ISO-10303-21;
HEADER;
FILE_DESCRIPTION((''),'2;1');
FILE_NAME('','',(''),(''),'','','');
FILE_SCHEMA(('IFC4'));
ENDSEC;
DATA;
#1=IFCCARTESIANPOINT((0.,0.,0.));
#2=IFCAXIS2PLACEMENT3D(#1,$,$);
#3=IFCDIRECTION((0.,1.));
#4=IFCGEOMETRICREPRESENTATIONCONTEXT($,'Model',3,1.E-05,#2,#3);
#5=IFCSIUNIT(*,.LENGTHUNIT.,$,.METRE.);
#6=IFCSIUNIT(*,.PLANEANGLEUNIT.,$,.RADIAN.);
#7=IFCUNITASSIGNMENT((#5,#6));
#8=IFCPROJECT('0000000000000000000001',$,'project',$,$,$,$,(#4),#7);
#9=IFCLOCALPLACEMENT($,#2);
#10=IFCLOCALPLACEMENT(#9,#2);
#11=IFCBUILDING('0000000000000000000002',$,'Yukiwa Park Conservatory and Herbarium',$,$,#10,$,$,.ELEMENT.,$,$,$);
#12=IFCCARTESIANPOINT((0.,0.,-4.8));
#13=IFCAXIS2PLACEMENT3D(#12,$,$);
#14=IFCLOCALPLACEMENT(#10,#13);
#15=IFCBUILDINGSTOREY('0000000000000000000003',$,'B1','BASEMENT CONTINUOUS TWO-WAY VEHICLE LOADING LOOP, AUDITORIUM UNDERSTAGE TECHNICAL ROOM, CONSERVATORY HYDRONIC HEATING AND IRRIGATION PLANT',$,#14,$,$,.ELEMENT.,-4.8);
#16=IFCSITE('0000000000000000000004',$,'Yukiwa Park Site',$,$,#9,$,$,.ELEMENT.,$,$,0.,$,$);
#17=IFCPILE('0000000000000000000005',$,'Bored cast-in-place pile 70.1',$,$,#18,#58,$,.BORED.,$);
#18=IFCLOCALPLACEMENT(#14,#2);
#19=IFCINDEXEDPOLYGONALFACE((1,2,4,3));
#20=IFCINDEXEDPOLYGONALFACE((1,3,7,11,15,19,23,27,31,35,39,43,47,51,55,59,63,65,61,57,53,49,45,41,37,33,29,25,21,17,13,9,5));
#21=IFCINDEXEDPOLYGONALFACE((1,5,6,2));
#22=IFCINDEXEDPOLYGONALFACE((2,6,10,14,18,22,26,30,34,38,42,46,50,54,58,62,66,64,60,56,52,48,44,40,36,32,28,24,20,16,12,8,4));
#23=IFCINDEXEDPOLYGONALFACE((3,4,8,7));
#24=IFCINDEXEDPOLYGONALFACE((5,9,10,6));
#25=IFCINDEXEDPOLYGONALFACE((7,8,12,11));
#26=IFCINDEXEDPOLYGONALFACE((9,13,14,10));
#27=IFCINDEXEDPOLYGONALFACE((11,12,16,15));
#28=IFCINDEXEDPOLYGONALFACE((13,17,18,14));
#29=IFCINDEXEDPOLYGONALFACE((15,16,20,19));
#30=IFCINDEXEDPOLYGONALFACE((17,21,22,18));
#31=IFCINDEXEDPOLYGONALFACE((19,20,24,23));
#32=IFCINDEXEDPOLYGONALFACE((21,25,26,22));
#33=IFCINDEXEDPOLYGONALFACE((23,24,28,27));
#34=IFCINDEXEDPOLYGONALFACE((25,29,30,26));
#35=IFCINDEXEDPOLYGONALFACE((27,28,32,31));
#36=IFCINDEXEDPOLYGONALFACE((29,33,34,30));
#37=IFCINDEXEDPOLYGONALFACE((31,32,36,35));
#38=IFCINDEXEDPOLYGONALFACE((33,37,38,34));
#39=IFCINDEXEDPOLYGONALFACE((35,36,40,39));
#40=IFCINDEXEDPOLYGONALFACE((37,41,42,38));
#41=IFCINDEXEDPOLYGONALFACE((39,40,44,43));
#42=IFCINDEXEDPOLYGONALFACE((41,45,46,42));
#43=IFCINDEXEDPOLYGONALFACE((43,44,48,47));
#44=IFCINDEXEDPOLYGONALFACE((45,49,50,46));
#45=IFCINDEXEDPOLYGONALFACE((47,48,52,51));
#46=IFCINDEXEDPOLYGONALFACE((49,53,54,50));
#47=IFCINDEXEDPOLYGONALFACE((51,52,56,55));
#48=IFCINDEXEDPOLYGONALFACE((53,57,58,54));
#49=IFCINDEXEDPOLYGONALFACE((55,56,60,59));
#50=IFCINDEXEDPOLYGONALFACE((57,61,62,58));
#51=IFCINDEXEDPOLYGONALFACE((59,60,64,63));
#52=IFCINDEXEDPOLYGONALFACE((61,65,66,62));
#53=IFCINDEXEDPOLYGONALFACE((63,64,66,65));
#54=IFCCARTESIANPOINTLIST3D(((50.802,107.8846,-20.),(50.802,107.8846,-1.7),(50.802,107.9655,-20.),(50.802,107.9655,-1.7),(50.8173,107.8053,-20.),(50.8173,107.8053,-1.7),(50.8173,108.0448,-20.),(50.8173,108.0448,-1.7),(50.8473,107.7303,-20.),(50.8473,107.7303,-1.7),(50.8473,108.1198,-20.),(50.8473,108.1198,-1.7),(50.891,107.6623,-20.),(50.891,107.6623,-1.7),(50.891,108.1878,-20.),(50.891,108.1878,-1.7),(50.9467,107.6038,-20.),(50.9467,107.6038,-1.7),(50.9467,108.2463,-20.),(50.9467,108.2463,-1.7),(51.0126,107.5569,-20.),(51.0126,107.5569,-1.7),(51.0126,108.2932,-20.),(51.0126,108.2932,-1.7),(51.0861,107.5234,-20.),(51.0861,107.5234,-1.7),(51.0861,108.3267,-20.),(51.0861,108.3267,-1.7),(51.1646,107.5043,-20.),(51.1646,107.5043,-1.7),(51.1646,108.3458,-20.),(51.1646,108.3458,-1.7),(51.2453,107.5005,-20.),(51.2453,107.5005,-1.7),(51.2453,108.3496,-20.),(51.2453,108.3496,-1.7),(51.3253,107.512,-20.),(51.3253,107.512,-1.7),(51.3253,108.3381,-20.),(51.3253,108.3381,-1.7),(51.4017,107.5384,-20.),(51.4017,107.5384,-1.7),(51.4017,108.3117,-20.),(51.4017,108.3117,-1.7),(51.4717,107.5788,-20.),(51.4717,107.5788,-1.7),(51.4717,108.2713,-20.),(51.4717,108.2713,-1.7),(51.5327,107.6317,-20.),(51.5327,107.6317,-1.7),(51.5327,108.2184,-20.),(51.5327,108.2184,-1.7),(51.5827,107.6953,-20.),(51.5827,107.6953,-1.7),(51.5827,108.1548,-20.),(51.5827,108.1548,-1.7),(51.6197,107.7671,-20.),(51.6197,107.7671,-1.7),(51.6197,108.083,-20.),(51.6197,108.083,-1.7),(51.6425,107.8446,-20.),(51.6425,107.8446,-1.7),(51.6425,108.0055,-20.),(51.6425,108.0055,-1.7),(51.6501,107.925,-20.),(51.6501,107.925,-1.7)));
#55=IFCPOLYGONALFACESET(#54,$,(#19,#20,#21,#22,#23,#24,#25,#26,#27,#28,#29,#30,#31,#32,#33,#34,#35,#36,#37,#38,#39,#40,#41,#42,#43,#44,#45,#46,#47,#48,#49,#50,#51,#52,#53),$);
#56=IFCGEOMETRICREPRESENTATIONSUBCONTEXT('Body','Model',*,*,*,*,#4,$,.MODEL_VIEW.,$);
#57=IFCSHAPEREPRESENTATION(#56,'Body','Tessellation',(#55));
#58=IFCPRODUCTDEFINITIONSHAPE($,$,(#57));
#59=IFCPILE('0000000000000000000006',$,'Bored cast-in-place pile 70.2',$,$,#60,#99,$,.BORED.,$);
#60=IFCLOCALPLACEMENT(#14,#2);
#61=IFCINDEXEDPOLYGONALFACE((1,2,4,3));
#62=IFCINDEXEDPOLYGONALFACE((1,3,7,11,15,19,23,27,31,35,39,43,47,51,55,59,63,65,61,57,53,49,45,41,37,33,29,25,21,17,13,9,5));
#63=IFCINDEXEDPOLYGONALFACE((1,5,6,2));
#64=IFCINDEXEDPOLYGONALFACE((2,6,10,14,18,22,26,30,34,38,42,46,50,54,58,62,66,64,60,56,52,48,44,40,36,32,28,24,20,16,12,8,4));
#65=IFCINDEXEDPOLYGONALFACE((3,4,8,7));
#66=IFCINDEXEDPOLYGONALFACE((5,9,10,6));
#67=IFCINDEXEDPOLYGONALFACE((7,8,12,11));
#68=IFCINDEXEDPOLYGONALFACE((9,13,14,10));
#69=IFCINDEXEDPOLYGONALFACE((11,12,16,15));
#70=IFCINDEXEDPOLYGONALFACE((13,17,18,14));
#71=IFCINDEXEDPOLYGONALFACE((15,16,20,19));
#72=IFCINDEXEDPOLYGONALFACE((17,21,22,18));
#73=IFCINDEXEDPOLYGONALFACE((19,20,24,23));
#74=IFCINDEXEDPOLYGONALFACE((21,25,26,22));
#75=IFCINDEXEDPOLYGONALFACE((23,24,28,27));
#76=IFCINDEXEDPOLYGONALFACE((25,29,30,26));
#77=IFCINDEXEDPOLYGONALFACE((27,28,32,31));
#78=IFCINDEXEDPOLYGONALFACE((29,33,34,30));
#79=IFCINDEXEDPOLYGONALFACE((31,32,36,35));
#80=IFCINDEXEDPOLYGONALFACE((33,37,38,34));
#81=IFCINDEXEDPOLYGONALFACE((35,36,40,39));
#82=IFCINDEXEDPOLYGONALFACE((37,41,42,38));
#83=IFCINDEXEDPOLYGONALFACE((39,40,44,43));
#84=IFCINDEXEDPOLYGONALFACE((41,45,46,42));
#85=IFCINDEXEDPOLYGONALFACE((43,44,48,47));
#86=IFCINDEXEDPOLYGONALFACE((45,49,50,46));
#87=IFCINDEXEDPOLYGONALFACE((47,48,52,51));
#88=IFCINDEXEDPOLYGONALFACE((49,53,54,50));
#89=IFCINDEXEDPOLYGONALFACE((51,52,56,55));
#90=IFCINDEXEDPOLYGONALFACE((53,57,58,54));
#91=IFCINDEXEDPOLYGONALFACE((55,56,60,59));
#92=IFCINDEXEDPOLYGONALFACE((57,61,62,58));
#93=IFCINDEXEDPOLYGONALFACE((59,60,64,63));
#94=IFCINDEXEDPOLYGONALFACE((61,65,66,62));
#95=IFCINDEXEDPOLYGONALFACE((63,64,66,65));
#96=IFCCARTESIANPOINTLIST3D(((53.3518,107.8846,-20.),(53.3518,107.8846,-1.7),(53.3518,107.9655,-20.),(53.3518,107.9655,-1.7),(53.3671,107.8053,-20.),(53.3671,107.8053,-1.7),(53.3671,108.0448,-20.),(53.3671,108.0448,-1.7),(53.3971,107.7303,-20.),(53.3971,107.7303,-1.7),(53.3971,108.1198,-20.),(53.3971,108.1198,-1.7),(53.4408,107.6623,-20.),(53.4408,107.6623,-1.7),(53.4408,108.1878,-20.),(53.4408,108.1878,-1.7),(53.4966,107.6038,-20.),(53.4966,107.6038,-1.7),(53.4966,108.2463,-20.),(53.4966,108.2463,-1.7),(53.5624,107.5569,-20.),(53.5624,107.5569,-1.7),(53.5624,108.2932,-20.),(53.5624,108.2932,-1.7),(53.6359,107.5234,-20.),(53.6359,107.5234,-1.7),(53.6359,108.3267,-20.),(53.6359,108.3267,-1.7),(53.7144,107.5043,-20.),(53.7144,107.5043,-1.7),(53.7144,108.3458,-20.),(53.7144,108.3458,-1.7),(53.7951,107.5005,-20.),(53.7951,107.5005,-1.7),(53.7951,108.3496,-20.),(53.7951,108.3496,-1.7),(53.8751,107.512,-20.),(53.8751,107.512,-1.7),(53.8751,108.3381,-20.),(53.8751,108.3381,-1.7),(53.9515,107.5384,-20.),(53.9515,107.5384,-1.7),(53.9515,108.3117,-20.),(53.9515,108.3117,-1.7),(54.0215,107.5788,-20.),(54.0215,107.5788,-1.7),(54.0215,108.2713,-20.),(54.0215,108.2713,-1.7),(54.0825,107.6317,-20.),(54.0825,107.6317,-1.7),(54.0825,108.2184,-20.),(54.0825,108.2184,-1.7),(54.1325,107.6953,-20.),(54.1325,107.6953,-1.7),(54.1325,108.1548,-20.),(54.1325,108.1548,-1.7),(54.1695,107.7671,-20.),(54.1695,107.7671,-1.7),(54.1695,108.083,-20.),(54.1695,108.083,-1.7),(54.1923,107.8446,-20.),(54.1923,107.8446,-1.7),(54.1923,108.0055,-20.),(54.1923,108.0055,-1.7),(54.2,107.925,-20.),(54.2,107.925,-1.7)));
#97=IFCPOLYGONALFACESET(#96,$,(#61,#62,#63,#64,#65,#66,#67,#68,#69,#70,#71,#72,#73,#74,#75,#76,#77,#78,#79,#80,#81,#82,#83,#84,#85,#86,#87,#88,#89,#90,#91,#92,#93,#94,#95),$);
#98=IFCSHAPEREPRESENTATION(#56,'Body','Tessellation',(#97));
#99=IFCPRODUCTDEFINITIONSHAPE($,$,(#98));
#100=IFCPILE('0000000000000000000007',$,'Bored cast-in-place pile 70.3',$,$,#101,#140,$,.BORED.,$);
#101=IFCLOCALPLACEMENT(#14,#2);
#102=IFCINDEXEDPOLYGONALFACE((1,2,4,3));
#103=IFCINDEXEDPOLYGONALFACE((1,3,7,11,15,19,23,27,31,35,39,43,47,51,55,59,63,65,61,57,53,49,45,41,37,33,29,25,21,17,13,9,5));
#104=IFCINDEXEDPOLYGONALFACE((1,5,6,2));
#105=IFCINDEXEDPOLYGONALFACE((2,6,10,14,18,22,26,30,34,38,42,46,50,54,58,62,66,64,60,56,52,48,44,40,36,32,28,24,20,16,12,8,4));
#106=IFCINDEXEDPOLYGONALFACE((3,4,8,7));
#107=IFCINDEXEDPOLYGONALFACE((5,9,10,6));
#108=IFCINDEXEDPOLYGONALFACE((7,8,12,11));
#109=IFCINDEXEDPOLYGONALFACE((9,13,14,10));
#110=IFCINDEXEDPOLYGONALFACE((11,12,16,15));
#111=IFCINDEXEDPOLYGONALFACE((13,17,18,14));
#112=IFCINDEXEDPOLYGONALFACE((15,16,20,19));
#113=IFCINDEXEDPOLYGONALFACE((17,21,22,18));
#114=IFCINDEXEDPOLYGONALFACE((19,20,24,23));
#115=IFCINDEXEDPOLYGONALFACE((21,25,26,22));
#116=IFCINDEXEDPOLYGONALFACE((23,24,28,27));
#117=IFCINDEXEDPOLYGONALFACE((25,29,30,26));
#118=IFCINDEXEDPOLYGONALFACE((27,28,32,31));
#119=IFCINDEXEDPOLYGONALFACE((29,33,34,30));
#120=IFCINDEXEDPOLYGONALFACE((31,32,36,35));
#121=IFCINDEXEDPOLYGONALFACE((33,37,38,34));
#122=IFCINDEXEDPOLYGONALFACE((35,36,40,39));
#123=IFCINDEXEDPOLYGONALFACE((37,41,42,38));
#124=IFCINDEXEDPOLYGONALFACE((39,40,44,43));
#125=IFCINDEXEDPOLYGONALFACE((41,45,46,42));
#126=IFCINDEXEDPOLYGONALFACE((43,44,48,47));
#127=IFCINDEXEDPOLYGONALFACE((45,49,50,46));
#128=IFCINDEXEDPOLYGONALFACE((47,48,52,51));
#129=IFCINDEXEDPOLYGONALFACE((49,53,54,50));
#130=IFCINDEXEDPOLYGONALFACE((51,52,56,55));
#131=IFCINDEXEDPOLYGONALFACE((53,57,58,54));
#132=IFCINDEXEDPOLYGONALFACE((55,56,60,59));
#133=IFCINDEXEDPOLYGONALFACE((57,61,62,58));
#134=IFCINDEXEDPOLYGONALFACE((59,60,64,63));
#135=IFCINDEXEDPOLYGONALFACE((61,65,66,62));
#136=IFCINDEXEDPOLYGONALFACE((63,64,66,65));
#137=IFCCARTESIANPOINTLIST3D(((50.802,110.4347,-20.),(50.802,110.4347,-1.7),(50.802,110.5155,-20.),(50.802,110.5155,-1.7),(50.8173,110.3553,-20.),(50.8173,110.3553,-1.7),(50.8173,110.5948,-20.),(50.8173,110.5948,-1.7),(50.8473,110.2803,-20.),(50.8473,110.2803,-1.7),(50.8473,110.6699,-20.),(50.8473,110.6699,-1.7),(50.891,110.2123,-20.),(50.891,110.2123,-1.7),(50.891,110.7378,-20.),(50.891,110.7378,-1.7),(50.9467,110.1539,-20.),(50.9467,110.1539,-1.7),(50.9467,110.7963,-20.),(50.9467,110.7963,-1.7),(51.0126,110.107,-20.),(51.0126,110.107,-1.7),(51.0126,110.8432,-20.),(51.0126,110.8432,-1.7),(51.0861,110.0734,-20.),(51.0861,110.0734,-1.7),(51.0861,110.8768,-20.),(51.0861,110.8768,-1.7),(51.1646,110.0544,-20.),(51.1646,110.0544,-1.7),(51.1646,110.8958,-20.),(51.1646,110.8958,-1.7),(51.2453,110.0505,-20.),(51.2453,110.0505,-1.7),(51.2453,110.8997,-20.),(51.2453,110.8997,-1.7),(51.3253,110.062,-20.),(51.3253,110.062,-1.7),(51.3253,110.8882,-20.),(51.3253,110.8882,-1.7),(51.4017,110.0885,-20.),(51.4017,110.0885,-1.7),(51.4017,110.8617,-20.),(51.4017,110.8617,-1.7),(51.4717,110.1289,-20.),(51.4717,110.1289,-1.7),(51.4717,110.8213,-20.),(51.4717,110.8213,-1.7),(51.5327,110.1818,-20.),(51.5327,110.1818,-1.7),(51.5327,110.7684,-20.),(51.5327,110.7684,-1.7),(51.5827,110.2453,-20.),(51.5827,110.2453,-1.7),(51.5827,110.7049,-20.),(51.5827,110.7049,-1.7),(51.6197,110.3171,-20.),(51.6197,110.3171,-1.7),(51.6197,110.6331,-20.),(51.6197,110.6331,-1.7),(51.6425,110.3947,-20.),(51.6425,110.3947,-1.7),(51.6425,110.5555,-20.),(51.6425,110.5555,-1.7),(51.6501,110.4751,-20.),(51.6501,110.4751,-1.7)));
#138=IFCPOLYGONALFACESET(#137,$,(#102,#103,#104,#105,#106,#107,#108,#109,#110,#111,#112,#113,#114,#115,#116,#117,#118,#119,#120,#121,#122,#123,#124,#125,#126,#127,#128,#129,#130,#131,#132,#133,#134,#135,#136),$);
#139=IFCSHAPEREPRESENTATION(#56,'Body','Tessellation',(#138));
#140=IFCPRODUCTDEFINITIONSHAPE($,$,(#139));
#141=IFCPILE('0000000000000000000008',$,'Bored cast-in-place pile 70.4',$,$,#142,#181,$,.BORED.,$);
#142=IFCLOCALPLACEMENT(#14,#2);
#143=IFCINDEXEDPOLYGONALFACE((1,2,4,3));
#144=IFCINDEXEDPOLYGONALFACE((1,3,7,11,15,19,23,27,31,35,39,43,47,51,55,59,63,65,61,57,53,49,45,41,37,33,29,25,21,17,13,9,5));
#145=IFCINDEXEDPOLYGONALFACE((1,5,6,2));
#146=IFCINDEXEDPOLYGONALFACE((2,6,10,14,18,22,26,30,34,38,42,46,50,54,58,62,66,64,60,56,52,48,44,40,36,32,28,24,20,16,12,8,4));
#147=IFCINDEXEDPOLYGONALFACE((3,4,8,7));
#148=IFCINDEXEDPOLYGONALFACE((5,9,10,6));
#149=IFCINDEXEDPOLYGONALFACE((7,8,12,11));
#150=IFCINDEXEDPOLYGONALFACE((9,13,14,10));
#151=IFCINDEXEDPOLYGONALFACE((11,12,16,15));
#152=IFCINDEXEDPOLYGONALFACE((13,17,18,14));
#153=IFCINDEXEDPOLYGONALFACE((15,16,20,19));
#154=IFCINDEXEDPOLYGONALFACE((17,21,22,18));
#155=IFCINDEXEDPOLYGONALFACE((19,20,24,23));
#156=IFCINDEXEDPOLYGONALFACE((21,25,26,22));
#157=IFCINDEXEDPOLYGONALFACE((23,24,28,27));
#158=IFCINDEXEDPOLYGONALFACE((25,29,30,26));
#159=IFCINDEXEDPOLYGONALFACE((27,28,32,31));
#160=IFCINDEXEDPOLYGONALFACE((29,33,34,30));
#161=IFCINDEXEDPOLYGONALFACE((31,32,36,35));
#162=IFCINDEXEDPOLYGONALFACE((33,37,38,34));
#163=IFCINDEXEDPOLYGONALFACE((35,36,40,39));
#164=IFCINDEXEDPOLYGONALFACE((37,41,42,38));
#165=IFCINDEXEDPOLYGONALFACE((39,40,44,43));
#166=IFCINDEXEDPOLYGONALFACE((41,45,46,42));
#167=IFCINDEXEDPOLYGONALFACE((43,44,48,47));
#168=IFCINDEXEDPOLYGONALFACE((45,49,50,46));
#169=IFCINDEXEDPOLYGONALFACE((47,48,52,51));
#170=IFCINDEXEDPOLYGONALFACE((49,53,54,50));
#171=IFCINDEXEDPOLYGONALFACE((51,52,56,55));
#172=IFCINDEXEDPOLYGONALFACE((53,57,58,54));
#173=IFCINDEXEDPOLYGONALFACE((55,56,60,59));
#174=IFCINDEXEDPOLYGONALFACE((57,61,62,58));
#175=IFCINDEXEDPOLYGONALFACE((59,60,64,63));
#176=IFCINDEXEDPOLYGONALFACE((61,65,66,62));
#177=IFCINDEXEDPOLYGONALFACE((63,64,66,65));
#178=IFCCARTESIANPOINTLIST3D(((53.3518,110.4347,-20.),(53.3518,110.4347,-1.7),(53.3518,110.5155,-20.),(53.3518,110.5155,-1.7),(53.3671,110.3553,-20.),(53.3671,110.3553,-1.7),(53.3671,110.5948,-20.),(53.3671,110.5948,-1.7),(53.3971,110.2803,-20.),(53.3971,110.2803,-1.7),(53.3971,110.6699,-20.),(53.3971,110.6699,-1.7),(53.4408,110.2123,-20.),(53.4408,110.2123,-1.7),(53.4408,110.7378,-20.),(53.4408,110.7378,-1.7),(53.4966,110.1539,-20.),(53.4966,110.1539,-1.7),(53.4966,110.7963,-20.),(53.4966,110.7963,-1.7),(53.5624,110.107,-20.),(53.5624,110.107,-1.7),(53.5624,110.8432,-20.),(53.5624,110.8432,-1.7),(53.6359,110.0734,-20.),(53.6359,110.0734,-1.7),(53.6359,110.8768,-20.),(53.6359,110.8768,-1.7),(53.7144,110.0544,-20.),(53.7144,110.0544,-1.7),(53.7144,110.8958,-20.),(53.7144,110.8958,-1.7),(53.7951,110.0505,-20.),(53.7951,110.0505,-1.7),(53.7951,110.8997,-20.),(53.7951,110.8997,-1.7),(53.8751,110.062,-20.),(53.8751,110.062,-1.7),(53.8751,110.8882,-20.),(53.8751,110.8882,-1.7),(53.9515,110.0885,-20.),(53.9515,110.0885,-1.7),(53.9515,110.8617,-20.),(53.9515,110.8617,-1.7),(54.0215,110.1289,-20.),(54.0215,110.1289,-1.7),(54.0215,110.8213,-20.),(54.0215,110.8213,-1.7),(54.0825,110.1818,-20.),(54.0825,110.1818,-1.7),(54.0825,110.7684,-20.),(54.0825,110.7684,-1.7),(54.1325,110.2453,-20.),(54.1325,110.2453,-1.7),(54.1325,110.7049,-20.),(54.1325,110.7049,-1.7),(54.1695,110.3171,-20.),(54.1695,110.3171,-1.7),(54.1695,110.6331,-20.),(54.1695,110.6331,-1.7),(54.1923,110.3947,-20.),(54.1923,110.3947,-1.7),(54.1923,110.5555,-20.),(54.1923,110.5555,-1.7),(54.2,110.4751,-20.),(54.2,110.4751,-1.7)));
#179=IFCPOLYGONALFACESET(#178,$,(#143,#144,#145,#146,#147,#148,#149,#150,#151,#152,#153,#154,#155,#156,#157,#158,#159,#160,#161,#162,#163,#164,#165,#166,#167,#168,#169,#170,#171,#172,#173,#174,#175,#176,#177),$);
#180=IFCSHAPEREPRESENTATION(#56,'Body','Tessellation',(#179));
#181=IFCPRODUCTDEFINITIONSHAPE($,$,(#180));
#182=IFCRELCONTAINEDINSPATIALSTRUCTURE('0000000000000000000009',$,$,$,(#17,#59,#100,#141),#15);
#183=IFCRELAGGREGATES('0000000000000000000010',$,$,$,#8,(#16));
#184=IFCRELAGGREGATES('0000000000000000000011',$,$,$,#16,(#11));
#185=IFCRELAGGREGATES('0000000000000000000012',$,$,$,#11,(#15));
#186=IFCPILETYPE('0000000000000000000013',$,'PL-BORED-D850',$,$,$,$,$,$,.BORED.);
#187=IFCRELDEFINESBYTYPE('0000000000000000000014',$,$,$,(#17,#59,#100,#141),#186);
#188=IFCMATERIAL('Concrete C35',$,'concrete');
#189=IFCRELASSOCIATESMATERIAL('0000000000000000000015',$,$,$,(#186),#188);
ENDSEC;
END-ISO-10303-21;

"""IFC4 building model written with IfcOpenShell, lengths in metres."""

from ifc_helpers import new_model, si_unit, direction, frame, origin, origin_2d, place, context, subcontext, project, spatial, circle, extrude, material, material_profile, profile_set, type_object, element, save


model = new_model("IFC4")

# Units and contexts
model_context = context("Model", 3, precision=1e-05, world=origin(), true_north=direction((0.0, 1.0)))
body_context = subcontext(model_context, "Body", "Model", "MODEL_VIEW")
ifc_project = project(units=[si_unit("LENGTHUNIT", "METRE"), si_unit("PLANEANGLEUNIT", "RADIAN")], contexts=[model_context])

# Site, building, storey
site_placement = place(None, origin())
site = spatial("IfcSite", under=ifc_project, at=site_placement, Name="Yukiwa Park Site", CompositionType="ELEMENT", RefElevation=0.0)
building_placement = place(site_placement, origin())
building = spatial("IfcBuilding", under=site, at=building_placement, Name="Yukiwa Park Conservatory and Herbarium", CompositionType="ELEMENT")
storey_placement = place(building_placement, frame((0.0, 0.0, -4.8)))
storey = spatial("IfcBuildingStorey", under=building, at=storey_placement, Name="B1", Description="BASEMENT CONTINUOUS TWO-WAY VEHICLE LOADING LOOP, AUDITORIUM UNDERSTAGE TECHNICAL ROOM, CONSERVATORY HYDRONIC HEATING AND IRRIGATION PLANT", CompositionType="ELEMENT", Elevation=-4.8)

# Piles
ifc_material_1 = material(Name="Concrete C35", Category="concrete")
ifc_material_profile_1 = material_profile(ifc_material_1, circle(Radius=0.425, at=origin_2d()), Name="PILE D850")
ifc_profile_set_1 = profile_set([ifc_material_profile_1], Name="Concrete C35")
pile_type_1 = type_object("IfcPileType", Name="PL-BORED-D850", PredefinedType="BORED", material=ifc_profile_set_1)
for number, where, z_axis, x_axis, name in (
    (1, (51.2251, 107.925, -1.7), (0.0, 0.0, -1.0), (1.0, 0.0, 0.0), "Bored cast-in-place pile 70.1"),
    (2, (53.7749, 107.925, -1.7), (0.0, 0.0, -1.0), (1.0, 0.0, 0.0), "Bored cast-in-place pile 70.2"),
    (3, (51.2251, 110.4751, -1.7), (0.0, 0.0, -1.0), (1.0, 0.0, 0.0), "Bored cast-in-place pile 70.3"),
    (4, (53.7749, 110.4751, -1.7), (0.0, 0.0, -1.0), (1.0, 0.0, 0.0), "Bored cast-in-place pile 70.4"),
):
    element("IfcPile", number, at=place(storey_placement, frame(where, z_axis=z_axis, x_axis=x_axis)), inside=storey, type_object=pile_type_1, Name=name, PredefinedType="BORED", context=body_context, shape_type="SweptSolid", body=[
        extrude(circle(Radius=0.425, at=origin_2d()), origin(), (0.0, 0.0, 1.0), 18.3),
    ])

save(model, "model.ifc")
